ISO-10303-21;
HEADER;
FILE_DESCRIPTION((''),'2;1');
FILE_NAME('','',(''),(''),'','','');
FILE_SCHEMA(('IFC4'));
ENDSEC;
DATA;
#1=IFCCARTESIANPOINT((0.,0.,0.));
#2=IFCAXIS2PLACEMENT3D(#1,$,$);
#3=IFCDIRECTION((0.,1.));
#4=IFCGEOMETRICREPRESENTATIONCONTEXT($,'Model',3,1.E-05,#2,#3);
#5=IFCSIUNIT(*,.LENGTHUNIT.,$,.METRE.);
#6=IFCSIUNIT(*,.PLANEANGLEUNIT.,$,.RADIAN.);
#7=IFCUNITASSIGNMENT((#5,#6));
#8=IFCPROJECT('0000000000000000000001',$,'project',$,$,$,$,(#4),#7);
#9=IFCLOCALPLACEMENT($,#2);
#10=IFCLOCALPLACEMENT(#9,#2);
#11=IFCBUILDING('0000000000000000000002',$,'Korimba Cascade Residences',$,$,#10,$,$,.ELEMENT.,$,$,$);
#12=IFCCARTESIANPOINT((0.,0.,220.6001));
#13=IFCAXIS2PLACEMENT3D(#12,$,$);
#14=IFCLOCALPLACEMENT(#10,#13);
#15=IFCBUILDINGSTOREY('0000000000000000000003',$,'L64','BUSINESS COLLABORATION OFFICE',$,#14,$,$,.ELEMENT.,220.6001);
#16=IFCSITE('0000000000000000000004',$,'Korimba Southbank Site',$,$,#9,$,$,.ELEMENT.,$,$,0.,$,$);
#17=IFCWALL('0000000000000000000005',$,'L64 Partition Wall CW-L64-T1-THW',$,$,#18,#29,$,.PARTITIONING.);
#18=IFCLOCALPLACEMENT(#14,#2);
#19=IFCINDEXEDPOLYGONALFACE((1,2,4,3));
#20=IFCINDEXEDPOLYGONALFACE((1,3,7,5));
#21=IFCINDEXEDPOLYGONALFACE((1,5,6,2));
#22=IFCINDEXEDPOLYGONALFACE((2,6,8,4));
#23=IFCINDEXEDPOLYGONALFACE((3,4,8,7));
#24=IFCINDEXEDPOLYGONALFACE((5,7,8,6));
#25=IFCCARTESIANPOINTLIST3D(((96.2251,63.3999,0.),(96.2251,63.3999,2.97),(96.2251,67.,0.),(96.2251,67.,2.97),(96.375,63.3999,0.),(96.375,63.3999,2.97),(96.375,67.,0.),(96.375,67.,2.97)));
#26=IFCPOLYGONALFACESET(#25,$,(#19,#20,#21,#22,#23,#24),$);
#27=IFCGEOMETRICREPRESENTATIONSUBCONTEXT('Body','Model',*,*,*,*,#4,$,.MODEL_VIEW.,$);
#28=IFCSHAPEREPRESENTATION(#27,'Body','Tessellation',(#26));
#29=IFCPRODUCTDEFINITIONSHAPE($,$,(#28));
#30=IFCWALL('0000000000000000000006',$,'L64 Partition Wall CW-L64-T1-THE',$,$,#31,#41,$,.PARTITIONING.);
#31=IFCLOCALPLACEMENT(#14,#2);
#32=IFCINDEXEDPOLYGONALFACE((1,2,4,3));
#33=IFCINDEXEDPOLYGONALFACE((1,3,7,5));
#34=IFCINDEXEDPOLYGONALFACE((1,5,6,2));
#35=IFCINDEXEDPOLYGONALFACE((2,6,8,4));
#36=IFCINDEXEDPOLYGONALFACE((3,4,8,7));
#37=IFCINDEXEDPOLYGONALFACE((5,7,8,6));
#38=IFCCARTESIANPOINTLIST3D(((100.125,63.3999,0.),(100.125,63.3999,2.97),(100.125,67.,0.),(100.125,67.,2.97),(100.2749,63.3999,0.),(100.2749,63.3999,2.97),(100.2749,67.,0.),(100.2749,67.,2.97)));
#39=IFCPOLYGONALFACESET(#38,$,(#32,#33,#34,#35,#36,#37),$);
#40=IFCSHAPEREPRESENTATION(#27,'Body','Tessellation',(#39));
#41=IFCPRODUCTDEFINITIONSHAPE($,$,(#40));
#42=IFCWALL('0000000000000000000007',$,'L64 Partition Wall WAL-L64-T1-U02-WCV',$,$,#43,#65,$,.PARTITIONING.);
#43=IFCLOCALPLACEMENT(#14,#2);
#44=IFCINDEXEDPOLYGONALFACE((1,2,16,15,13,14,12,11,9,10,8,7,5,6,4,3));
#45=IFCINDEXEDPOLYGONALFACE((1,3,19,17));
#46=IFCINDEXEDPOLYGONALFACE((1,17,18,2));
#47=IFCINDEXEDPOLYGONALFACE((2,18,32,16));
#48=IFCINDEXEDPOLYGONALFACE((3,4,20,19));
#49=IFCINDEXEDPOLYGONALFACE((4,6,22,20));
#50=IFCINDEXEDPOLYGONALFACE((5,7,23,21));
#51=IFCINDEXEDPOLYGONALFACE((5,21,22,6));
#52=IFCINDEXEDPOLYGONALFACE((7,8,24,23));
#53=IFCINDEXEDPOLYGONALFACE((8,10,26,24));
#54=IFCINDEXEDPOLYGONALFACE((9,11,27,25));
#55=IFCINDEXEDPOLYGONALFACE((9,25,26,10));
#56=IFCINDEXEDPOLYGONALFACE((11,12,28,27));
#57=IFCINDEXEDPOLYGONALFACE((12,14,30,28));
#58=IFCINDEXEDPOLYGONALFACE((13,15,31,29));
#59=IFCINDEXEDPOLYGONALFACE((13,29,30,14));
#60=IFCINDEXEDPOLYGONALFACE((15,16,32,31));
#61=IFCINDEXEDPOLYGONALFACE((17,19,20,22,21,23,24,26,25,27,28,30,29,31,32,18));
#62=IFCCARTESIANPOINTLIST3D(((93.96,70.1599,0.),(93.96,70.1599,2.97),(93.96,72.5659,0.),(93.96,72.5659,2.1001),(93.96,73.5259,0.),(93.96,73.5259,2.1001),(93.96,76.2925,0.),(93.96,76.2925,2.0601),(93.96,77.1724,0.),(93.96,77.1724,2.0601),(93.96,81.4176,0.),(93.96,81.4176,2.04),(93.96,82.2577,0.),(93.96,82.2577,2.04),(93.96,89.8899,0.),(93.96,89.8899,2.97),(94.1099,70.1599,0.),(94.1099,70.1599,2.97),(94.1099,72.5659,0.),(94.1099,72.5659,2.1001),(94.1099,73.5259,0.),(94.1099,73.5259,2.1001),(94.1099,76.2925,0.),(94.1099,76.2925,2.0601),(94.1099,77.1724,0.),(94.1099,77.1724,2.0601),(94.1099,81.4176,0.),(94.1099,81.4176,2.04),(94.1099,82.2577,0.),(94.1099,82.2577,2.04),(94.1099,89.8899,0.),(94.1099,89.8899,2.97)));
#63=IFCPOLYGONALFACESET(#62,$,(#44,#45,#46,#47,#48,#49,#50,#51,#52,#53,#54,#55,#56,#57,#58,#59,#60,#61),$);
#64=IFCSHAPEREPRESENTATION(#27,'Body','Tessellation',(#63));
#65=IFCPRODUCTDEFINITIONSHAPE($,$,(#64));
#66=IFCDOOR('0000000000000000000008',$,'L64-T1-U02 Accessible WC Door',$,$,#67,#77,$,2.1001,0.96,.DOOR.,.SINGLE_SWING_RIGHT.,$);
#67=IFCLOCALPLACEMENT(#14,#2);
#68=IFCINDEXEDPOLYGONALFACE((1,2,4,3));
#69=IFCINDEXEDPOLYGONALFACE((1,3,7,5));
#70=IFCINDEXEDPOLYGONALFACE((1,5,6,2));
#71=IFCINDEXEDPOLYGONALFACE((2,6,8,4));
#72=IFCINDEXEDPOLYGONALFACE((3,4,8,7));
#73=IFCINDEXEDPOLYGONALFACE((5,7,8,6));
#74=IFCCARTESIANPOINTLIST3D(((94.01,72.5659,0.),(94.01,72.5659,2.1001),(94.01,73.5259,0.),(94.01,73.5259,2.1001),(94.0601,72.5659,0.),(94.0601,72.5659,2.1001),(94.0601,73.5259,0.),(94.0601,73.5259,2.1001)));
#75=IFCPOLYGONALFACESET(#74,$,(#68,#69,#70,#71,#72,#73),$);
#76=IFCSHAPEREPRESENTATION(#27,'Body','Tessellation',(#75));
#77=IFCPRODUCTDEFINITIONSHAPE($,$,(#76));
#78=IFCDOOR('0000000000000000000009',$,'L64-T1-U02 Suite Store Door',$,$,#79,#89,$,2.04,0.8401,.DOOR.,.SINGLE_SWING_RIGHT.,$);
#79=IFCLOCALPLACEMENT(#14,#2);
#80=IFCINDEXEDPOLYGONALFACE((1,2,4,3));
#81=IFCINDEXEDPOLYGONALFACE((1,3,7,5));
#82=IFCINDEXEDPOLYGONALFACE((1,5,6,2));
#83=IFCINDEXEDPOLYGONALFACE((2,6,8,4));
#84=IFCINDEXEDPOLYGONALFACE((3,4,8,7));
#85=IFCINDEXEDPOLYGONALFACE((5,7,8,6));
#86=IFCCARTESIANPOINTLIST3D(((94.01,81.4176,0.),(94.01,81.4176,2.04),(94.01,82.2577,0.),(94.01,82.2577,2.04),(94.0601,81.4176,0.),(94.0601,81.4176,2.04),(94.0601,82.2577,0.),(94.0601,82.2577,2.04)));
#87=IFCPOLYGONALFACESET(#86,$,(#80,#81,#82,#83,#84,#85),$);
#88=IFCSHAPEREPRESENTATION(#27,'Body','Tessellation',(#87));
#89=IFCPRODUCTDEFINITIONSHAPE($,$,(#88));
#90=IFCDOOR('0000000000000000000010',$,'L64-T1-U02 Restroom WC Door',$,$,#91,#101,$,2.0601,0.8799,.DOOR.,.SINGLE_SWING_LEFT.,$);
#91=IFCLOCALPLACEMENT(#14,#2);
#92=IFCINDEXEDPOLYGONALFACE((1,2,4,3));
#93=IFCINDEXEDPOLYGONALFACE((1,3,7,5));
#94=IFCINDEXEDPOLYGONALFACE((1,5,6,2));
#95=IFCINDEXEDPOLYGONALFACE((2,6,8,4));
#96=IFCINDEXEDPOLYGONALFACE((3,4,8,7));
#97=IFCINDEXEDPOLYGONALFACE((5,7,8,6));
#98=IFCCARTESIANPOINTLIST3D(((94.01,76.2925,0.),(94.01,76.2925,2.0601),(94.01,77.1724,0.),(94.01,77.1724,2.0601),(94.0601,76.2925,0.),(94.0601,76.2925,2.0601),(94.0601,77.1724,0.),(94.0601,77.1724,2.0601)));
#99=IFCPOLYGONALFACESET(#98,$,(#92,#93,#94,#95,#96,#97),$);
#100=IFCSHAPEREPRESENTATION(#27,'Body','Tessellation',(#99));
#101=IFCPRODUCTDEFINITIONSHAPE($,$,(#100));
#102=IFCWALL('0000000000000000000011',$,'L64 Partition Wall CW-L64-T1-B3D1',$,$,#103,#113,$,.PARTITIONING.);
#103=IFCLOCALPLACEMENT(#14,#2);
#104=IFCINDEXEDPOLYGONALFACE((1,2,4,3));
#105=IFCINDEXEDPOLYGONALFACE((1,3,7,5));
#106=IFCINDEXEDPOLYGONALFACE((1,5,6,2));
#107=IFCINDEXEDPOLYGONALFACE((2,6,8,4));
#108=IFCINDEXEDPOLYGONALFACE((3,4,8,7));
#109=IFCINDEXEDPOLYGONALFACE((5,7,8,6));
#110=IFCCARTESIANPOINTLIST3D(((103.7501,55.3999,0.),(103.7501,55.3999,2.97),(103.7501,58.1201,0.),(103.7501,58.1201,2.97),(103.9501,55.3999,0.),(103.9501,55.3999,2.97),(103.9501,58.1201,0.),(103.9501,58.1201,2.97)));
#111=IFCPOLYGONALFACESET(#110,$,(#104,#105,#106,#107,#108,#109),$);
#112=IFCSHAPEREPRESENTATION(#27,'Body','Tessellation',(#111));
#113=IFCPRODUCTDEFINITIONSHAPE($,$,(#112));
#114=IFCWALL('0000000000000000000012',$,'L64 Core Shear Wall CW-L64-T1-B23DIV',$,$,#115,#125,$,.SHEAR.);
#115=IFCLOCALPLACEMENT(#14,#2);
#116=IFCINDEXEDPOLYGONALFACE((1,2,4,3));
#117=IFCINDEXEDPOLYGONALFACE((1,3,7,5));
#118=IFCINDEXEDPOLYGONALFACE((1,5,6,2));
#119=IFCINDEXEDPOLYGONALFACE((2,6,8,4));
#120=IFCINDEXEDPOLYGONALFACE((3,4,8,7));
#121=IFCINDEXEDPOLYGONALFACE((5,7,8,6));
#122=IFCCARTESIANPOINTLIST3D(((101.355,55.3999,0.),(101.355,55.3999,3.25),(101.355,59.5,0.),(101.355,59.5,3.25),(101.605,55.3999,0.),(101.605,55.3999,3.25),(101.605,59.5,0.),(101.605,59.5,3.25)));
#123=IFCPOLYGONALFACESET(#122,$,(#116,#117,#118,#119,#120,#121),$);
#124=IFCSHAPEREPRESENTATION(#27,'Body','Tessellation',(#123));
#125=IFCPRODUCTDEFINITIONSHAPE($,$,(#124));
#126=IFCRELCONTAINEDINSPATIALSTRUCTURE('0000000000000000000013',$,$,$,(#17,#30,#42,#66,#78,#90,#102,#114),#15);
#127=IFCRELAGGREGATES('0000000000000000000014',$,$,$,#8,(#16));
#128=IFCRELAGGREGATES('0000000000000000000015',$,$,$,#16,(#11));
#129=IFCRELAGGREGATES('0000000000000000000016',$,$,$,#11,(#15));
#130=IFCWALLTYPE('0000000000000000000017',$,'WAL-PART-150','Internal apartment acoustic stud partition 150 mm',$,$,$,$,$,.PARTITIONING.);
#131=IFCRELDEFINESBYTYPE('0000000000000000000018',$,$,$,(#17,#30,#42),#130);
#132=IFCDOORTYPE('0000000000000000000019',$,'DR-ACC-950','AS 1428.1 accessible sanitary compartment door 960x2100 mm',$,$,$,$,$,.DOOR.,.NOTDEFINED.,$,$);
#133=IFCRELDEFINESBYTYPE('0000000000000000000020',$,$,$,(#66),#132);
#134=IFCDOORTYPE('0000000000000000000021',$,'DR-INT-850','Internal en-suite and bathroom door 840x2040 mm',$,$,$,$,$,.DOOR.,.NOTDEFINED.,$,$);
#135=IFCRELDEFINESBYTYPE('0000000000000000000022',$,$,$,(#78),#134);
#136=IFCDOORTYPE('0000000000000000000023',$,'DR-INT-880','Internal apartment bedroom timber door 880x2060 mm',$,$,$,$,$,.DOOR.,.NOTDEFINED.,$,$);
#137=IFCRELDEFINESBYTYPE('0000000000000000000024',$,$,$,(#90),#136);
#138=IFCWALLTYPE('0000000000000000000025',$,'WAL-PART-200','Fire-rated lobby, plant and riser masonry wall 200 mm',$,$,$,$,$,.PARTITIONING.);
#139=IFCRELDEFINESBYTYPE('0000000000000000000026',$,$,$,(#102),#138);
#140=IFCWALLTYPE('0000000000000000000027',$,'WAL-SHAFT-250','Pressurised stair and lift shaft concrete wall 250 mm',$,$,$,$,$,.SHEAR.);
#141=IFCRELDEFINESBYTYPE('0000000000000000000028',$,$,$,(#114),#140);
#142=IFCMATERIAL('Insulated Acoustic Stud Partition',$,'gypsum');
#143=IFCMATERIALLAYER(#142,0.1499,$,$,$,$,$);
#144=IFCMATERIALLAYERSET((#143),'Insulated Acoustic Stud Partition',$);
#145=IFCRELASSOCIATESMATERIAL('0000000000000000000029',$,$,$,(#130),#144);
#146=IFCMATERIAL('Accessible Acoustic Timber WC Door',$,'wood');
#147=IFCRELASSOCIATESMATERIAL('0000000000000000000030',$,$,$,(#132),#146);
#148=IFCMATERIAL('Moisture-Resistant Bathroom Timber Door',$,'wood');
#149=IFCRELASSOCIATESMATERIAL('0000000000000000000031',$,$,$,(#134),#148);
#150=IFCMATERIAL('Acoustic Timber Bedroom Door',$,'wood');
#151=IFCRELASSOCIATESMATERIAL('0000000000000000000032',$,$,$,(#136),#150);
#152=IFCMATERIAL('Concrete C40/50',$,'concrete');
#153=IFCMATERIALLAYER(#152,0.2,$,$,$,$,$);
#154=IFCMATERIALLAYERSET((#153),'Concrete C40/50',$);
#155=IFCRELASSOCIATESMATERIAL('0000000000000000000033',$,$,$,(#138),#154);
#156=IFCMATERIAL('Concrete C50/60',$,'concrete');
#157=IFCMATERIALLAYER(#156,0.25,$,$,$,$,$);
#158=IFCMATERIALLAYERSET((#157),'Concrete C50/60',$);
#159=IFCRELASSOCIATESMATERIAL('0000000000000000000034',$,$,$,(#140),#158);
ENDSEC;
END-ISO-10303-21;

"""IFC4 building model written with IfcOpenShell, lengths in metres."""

from ifc_helpers import new_model, si_unit, direction, frame, frame_2d, origin, place, context, subcontext, project, spatial, rectangle, extrude, material, layer, layer_set, type_object, element, fill, save


model = new_model("IFC4")

# Units and contexts
model_context = context("Model", 3, precision=1e-05, world=origin(), true_north=direction((0.0, 1.0)))
body_context = subcontext(model_context, "Body", "Model", "MODEL_VIEW")
ifc_project = project(units=[si_unit("LENGTHUNIT", "METRE"), si_unit("PLANEANGLEUNIT", "RADIAN")], contexts=[model_context])

# Site, building, storey
site_placement = place(None, origin())
site = spatial("IfcSite", under=ifc_project, at=site_placement, Name="Korimba Southbank Site", CompositionType="ELEMENT", RefElevation=0.0)
building_placement = place(site_placement, origin())
building = spatial("IfcBuilding", under=site, at=building_placement, Name="Korimba Cascade Residences", CompositionType="ELEMENT")
storey_placement = place(building_placement, frame((0.0, 0.0, 220.6001)))
storey = spatial("IfcBuildingStorey", under=building, at=storey_placement, Name="L64", Description="BUSINESS COLLABORATION OFFICE", CompositionType="ELEMENT", Elevation=220.6001)

# Walls
ifc_material_1 = material(Name="Insulated Acoustic Stud Partition", Category="gypsum")
ifc_layer_1 = layer(ifc_material_1, 0.1499)
ifc_layer_set_1 = layer_set([ifc_layer_1], Name="Insulated Acoustic Stud Partition")
wall_type_1 = type_object("IfcWallType", Name="WAL-PART-150", Description="Internal apartment acoustic stud partition 150 mm", PredefinedType="PARTITIONING", material=ifc_layer_set_1)
for number, where, z_axis, x_axis, name in (
    (1, (96.3, 63.3999, 0.0), (0.0, 0.0, 1.0), (0.0, 1.0, 0.0), "L64 Partition Wall CW-L64-T1-THW"),
    (2, (100.2, 63.3999, 0.0), (0.0, 0.0, 1.0), (0.0, 1.0, 0.0), "L64 Partition Wall CW-L64-T1-THE"),
):
    element("IfcWall", number, at=place(storey_placement, frame(where, z_axis=z_axis, x_axis=x_axis)), inside=storey, type_object=wall_type_1, Name=name, PredefinedType="PARTITIONING", context=body_context, shape_type="SweptSolid", body=[
        extrude(rectangle(XDim=3.6001, YDim=0.1499, at=frame_2d((1.8, 0.0))), origin(), (0.0, 0.0, 1.0), 2.97),
    ])

# Wall, openings, doors
wall_1_placement = place(storey_placement, frame((94.0349, 70.1599, 0.0), z_axis=(0.0, 0.0, 1.0), x_axis=(0.0, 1.0, 0.0)))
wall_1 = element("IfcWall", 3, at=wall_1_placement, inside=storey, type_object=wall_type_1, Name="L64 Partition Wall WAL-L64-T1-U02-WCV", PredefinedType="PARTITIONING", context=body_context, shape_type="SweptSolid", body=[
    extrude(rectangle(XDim=19.73, YDim=0.1499, at=frame_2d((9.865, 0.0))), origin(), (0.0, 0.0, 1.0), 2.97),
])
opening_1_placement = place(wall_1_placement, frame((2.406, 0.0, 0.0)))
opening_1 = element("IfcOpeningElement", 4, at=opening_1_placement, cuts=wall_1, PredefinedType="OPENING", context=body_context, shape_type="SweptSolid", body=[
    extrude(rectangle(XDim=0.96, YDim=2.1001, at=frame_2d((0.48, 1.05))), frame((0.0, 0.085, 0.0), z_axis=(0.0, -1.0, 0.0), x_axis=(1.0, 0.0, 0.0)), (0.0, 0.0, 1.0), 0.1699),
])
opening_2_placement = place(wall_1_placement, frame((6.1326, 0.0, 0.0)))
opening_2 = element("IfcOpeningElement", 5, at=opening_2_placement, cuts=wall_1, PredefinedType="OPENING", context=body_context, shape_type="SweptSolid", body=[
    extrude(rectangle(XDim=0.8799, YDim=2.0601, at=frame_2d((0.4399, 1.03))), frame((0.0, 0.085, 0.0), z_axis=(0.0, -1.0, 0.0), x_axis=(1.0, 0.0, 0.0)), (0.0, 0.0, 1.0), 0.1699),
])
opening_3_placement = place(wall_1_placement, frame((11.2578, 0.0, 0.0)))
opening_3 = element("IfcOpeningElement", 6, at=opening_3_placement, cuts=wall_1, PredefinedType="OPENING", context=body_context, shape_type="SweptSolid", body=[
    extrude(rectangle(XDim=0.8401, YDim=2.04, at=frame_2d((0.4199, 1.02))), frame((0.0, 0.085, 0.0), z_axis=(0.0, -1.0, 0.0), x_axis=(1.0, 0.0, 0.0)), (0.0, 0.0, 1.0), 0.1699),
])
ifc_material_2 = material(Name="Accessible Acoustic Timber WC Door", Category="wood")
door_type_1 = type_object("IfcDoorType", Name="DR-ACC-950", Description="AS 1428.1 accessible sanitary compartment door 960x2100 mm", OperationType="NOTDEFINED", PredefinedType="DOOR", material=ifc_material_2)
door_1_placement = place(opening_1_placement, origin())
door_1 = element("IfcDoor", 7, at=door_1_placement, inside=storey, type_object=door_type_1, Name="L64-T1-U02 Accessible WC Door", OperationType="SINGLE_SWING_RIGHT", OverallHeight=2.1001, OverallWidth=0.96, PredefinedType="DOOR", context=body_context, shape_type="SweptSolid", body=[
    extrude(rectangle(XDim=0.96, YDim=2.1001, at=frame_2d((0.48, 1.05))), frame((0.0, 0.0249, 0.0), z_axis=(0.0, -1.0, 0.0), x_axis=(1.0, 0.0, 0.0)), (0.0, 0.0, 1.0), 0.05),
])
fill(opening_1, door_1)
ifc_material_3 = material(Name="Moisture-Resistant Bathroom Timber Door", Category="wood")
door_type_2 = type_object("IfcDoorType", Name="DR-INT-850", Description="Internal en-suite and bathroom door 840x2040 mm", OperationType="NOTDEFINED", PredefinedType="DOOR", material=ifc_material_3)
door_2_placement = place(opening_3_placement, origin())
door_2 = element("IfcDoor", 8, at=door_2_placement, inside=storey, type_object=door_type_2, Name="L64-T1-U02 Suite Store Door", OperationType="SINGLE_SWING_RIGHT", OverallHeight=2.04, OverallWidth=0.8401, PredefinedType="DOOR", context=body_context, shape_type="SweptSolid", body=[
    extrude(rectangle(XDim=0.8401, YDim=2.04, at=frame_2d((0.4199, 1.02))), frame((0.0, 0.0249, 0.0), z_axis=(0.0, -1.0, 0.0), x_axis=(1.0, 0.0, 0.0)), (0.0, 0.0, 1.0), 0.05),
])
fill(opening_3, door_2)
ifc_material_4 = material(Name="Acoustic Timber Bedroom Door", Category="wood")
door_type_3 = type_object("IfcDoorType", Name="DR-INT-880", Description="Internal apartment bedroom timber door 880x2060 mm", OperationType="NOTDEFINED", PredefinedType="DOOR", material=ifc_material_4)
door_3_placement = place(opening_2_placement, origin())
door_3 = element("IfcDoor", 9, at=door_3_placement, inside=storey, type_object=door_type_3, Name="L64-T1-U02 Restroom WC Door", OperationType="SINGLE_SWING_LEFT", OverallHeight=2.0601, OverallWidth=0.8799, PredefinedType="DOOR", context=body_context, shape_type="SweptSolid", body=[
    extrude(rectangle(XDim=0.8799, YDim=2.0601, at=frame_2d((0.4399, 1.03))), frame((0.0, 0.0249, 0.0), z_axis=(0.0, -1.0, 0.0), x_axis=(1.0, 0.0, 0.0)), (0.0, 0.0, 1.0), 0.05),
])
fill(opening_2, door_3)

# Walls
ifc_material_5 = material(Name="Concrete C40/50", Category="concrete")
ifc_layer_2 = layer(ifc_material_5, 0.2)
ifc_layer_set_2 = layer_set([ifc_layer_2], Name="Concrete C40/50")
wall_type_2 = type_object("IfcWallType", Name="WAL-PART-200", Description="Fire-rated lobby, plant and riser masonry wall 200 mm", PredefinedType="PARTITIONING", material=ifc_layer_set_2)
wall_2_placement = place(storey_placement, frame((103.8501, 55.3999, 0.0), z_axis=(0.0, 0.0, 1.0), x_axis=(0.0, 1.0, 0.0)))
element("IfcWall", 10, at=wall_2_placement, inside=storey, type_object=wall_type_2, Name="L64 Partition Wall CW-L64-T1-B3D1", PredefinedType="PARTITIONING", context=body_context, shape_type="SweptSolid", body=[
    extrude(rectangle(XDim=2.7202, YDim=0.2, at=frame_2d((1.3601, 0.0))), origin(), (0.0, 0.0, 1.0), 2.97),
])
ifc_material_6 = material(Name="Concrete C50/60", Category="concrete")
ifc_layer_3 = layer(ifc_material_6, 0.25)
ifc_layer_set_3 = layer_set([ifc_layer_3], Name="Concrete C50/60")
wall_type_3 = type_object("IfcWallType", Name="WAL-SHAFT-250", Description="Pressurised stair and lift shaft concrete wall 250 mm", PredefinedType="SHEAR", material=ifc_layer_set_3)
wall_3_placement = place(storey_placement, frame((101.48, 55.3999, 0.0), z_axis=(0.0, 0.0, 1.0), x_axis=(0.0, 1.0, 0.0)))
element("IfcWall", 11, at=wall_3_placement, inside=storey, type_object=wall_type_3, Name="L64 Core Shear Wall CW-L64-T1-B23DIV", PredefinedType="SHEAR", context=body_context, shape_type="SweptSolid", body=[
    extrude(rectangle(XDim=4.1001, YDim=0.25, at=frame_2d((2.05, 0.0))), origin(), (0.0, 0.0, 1.0), 3.25),
])

save(model, "model.ifc")
